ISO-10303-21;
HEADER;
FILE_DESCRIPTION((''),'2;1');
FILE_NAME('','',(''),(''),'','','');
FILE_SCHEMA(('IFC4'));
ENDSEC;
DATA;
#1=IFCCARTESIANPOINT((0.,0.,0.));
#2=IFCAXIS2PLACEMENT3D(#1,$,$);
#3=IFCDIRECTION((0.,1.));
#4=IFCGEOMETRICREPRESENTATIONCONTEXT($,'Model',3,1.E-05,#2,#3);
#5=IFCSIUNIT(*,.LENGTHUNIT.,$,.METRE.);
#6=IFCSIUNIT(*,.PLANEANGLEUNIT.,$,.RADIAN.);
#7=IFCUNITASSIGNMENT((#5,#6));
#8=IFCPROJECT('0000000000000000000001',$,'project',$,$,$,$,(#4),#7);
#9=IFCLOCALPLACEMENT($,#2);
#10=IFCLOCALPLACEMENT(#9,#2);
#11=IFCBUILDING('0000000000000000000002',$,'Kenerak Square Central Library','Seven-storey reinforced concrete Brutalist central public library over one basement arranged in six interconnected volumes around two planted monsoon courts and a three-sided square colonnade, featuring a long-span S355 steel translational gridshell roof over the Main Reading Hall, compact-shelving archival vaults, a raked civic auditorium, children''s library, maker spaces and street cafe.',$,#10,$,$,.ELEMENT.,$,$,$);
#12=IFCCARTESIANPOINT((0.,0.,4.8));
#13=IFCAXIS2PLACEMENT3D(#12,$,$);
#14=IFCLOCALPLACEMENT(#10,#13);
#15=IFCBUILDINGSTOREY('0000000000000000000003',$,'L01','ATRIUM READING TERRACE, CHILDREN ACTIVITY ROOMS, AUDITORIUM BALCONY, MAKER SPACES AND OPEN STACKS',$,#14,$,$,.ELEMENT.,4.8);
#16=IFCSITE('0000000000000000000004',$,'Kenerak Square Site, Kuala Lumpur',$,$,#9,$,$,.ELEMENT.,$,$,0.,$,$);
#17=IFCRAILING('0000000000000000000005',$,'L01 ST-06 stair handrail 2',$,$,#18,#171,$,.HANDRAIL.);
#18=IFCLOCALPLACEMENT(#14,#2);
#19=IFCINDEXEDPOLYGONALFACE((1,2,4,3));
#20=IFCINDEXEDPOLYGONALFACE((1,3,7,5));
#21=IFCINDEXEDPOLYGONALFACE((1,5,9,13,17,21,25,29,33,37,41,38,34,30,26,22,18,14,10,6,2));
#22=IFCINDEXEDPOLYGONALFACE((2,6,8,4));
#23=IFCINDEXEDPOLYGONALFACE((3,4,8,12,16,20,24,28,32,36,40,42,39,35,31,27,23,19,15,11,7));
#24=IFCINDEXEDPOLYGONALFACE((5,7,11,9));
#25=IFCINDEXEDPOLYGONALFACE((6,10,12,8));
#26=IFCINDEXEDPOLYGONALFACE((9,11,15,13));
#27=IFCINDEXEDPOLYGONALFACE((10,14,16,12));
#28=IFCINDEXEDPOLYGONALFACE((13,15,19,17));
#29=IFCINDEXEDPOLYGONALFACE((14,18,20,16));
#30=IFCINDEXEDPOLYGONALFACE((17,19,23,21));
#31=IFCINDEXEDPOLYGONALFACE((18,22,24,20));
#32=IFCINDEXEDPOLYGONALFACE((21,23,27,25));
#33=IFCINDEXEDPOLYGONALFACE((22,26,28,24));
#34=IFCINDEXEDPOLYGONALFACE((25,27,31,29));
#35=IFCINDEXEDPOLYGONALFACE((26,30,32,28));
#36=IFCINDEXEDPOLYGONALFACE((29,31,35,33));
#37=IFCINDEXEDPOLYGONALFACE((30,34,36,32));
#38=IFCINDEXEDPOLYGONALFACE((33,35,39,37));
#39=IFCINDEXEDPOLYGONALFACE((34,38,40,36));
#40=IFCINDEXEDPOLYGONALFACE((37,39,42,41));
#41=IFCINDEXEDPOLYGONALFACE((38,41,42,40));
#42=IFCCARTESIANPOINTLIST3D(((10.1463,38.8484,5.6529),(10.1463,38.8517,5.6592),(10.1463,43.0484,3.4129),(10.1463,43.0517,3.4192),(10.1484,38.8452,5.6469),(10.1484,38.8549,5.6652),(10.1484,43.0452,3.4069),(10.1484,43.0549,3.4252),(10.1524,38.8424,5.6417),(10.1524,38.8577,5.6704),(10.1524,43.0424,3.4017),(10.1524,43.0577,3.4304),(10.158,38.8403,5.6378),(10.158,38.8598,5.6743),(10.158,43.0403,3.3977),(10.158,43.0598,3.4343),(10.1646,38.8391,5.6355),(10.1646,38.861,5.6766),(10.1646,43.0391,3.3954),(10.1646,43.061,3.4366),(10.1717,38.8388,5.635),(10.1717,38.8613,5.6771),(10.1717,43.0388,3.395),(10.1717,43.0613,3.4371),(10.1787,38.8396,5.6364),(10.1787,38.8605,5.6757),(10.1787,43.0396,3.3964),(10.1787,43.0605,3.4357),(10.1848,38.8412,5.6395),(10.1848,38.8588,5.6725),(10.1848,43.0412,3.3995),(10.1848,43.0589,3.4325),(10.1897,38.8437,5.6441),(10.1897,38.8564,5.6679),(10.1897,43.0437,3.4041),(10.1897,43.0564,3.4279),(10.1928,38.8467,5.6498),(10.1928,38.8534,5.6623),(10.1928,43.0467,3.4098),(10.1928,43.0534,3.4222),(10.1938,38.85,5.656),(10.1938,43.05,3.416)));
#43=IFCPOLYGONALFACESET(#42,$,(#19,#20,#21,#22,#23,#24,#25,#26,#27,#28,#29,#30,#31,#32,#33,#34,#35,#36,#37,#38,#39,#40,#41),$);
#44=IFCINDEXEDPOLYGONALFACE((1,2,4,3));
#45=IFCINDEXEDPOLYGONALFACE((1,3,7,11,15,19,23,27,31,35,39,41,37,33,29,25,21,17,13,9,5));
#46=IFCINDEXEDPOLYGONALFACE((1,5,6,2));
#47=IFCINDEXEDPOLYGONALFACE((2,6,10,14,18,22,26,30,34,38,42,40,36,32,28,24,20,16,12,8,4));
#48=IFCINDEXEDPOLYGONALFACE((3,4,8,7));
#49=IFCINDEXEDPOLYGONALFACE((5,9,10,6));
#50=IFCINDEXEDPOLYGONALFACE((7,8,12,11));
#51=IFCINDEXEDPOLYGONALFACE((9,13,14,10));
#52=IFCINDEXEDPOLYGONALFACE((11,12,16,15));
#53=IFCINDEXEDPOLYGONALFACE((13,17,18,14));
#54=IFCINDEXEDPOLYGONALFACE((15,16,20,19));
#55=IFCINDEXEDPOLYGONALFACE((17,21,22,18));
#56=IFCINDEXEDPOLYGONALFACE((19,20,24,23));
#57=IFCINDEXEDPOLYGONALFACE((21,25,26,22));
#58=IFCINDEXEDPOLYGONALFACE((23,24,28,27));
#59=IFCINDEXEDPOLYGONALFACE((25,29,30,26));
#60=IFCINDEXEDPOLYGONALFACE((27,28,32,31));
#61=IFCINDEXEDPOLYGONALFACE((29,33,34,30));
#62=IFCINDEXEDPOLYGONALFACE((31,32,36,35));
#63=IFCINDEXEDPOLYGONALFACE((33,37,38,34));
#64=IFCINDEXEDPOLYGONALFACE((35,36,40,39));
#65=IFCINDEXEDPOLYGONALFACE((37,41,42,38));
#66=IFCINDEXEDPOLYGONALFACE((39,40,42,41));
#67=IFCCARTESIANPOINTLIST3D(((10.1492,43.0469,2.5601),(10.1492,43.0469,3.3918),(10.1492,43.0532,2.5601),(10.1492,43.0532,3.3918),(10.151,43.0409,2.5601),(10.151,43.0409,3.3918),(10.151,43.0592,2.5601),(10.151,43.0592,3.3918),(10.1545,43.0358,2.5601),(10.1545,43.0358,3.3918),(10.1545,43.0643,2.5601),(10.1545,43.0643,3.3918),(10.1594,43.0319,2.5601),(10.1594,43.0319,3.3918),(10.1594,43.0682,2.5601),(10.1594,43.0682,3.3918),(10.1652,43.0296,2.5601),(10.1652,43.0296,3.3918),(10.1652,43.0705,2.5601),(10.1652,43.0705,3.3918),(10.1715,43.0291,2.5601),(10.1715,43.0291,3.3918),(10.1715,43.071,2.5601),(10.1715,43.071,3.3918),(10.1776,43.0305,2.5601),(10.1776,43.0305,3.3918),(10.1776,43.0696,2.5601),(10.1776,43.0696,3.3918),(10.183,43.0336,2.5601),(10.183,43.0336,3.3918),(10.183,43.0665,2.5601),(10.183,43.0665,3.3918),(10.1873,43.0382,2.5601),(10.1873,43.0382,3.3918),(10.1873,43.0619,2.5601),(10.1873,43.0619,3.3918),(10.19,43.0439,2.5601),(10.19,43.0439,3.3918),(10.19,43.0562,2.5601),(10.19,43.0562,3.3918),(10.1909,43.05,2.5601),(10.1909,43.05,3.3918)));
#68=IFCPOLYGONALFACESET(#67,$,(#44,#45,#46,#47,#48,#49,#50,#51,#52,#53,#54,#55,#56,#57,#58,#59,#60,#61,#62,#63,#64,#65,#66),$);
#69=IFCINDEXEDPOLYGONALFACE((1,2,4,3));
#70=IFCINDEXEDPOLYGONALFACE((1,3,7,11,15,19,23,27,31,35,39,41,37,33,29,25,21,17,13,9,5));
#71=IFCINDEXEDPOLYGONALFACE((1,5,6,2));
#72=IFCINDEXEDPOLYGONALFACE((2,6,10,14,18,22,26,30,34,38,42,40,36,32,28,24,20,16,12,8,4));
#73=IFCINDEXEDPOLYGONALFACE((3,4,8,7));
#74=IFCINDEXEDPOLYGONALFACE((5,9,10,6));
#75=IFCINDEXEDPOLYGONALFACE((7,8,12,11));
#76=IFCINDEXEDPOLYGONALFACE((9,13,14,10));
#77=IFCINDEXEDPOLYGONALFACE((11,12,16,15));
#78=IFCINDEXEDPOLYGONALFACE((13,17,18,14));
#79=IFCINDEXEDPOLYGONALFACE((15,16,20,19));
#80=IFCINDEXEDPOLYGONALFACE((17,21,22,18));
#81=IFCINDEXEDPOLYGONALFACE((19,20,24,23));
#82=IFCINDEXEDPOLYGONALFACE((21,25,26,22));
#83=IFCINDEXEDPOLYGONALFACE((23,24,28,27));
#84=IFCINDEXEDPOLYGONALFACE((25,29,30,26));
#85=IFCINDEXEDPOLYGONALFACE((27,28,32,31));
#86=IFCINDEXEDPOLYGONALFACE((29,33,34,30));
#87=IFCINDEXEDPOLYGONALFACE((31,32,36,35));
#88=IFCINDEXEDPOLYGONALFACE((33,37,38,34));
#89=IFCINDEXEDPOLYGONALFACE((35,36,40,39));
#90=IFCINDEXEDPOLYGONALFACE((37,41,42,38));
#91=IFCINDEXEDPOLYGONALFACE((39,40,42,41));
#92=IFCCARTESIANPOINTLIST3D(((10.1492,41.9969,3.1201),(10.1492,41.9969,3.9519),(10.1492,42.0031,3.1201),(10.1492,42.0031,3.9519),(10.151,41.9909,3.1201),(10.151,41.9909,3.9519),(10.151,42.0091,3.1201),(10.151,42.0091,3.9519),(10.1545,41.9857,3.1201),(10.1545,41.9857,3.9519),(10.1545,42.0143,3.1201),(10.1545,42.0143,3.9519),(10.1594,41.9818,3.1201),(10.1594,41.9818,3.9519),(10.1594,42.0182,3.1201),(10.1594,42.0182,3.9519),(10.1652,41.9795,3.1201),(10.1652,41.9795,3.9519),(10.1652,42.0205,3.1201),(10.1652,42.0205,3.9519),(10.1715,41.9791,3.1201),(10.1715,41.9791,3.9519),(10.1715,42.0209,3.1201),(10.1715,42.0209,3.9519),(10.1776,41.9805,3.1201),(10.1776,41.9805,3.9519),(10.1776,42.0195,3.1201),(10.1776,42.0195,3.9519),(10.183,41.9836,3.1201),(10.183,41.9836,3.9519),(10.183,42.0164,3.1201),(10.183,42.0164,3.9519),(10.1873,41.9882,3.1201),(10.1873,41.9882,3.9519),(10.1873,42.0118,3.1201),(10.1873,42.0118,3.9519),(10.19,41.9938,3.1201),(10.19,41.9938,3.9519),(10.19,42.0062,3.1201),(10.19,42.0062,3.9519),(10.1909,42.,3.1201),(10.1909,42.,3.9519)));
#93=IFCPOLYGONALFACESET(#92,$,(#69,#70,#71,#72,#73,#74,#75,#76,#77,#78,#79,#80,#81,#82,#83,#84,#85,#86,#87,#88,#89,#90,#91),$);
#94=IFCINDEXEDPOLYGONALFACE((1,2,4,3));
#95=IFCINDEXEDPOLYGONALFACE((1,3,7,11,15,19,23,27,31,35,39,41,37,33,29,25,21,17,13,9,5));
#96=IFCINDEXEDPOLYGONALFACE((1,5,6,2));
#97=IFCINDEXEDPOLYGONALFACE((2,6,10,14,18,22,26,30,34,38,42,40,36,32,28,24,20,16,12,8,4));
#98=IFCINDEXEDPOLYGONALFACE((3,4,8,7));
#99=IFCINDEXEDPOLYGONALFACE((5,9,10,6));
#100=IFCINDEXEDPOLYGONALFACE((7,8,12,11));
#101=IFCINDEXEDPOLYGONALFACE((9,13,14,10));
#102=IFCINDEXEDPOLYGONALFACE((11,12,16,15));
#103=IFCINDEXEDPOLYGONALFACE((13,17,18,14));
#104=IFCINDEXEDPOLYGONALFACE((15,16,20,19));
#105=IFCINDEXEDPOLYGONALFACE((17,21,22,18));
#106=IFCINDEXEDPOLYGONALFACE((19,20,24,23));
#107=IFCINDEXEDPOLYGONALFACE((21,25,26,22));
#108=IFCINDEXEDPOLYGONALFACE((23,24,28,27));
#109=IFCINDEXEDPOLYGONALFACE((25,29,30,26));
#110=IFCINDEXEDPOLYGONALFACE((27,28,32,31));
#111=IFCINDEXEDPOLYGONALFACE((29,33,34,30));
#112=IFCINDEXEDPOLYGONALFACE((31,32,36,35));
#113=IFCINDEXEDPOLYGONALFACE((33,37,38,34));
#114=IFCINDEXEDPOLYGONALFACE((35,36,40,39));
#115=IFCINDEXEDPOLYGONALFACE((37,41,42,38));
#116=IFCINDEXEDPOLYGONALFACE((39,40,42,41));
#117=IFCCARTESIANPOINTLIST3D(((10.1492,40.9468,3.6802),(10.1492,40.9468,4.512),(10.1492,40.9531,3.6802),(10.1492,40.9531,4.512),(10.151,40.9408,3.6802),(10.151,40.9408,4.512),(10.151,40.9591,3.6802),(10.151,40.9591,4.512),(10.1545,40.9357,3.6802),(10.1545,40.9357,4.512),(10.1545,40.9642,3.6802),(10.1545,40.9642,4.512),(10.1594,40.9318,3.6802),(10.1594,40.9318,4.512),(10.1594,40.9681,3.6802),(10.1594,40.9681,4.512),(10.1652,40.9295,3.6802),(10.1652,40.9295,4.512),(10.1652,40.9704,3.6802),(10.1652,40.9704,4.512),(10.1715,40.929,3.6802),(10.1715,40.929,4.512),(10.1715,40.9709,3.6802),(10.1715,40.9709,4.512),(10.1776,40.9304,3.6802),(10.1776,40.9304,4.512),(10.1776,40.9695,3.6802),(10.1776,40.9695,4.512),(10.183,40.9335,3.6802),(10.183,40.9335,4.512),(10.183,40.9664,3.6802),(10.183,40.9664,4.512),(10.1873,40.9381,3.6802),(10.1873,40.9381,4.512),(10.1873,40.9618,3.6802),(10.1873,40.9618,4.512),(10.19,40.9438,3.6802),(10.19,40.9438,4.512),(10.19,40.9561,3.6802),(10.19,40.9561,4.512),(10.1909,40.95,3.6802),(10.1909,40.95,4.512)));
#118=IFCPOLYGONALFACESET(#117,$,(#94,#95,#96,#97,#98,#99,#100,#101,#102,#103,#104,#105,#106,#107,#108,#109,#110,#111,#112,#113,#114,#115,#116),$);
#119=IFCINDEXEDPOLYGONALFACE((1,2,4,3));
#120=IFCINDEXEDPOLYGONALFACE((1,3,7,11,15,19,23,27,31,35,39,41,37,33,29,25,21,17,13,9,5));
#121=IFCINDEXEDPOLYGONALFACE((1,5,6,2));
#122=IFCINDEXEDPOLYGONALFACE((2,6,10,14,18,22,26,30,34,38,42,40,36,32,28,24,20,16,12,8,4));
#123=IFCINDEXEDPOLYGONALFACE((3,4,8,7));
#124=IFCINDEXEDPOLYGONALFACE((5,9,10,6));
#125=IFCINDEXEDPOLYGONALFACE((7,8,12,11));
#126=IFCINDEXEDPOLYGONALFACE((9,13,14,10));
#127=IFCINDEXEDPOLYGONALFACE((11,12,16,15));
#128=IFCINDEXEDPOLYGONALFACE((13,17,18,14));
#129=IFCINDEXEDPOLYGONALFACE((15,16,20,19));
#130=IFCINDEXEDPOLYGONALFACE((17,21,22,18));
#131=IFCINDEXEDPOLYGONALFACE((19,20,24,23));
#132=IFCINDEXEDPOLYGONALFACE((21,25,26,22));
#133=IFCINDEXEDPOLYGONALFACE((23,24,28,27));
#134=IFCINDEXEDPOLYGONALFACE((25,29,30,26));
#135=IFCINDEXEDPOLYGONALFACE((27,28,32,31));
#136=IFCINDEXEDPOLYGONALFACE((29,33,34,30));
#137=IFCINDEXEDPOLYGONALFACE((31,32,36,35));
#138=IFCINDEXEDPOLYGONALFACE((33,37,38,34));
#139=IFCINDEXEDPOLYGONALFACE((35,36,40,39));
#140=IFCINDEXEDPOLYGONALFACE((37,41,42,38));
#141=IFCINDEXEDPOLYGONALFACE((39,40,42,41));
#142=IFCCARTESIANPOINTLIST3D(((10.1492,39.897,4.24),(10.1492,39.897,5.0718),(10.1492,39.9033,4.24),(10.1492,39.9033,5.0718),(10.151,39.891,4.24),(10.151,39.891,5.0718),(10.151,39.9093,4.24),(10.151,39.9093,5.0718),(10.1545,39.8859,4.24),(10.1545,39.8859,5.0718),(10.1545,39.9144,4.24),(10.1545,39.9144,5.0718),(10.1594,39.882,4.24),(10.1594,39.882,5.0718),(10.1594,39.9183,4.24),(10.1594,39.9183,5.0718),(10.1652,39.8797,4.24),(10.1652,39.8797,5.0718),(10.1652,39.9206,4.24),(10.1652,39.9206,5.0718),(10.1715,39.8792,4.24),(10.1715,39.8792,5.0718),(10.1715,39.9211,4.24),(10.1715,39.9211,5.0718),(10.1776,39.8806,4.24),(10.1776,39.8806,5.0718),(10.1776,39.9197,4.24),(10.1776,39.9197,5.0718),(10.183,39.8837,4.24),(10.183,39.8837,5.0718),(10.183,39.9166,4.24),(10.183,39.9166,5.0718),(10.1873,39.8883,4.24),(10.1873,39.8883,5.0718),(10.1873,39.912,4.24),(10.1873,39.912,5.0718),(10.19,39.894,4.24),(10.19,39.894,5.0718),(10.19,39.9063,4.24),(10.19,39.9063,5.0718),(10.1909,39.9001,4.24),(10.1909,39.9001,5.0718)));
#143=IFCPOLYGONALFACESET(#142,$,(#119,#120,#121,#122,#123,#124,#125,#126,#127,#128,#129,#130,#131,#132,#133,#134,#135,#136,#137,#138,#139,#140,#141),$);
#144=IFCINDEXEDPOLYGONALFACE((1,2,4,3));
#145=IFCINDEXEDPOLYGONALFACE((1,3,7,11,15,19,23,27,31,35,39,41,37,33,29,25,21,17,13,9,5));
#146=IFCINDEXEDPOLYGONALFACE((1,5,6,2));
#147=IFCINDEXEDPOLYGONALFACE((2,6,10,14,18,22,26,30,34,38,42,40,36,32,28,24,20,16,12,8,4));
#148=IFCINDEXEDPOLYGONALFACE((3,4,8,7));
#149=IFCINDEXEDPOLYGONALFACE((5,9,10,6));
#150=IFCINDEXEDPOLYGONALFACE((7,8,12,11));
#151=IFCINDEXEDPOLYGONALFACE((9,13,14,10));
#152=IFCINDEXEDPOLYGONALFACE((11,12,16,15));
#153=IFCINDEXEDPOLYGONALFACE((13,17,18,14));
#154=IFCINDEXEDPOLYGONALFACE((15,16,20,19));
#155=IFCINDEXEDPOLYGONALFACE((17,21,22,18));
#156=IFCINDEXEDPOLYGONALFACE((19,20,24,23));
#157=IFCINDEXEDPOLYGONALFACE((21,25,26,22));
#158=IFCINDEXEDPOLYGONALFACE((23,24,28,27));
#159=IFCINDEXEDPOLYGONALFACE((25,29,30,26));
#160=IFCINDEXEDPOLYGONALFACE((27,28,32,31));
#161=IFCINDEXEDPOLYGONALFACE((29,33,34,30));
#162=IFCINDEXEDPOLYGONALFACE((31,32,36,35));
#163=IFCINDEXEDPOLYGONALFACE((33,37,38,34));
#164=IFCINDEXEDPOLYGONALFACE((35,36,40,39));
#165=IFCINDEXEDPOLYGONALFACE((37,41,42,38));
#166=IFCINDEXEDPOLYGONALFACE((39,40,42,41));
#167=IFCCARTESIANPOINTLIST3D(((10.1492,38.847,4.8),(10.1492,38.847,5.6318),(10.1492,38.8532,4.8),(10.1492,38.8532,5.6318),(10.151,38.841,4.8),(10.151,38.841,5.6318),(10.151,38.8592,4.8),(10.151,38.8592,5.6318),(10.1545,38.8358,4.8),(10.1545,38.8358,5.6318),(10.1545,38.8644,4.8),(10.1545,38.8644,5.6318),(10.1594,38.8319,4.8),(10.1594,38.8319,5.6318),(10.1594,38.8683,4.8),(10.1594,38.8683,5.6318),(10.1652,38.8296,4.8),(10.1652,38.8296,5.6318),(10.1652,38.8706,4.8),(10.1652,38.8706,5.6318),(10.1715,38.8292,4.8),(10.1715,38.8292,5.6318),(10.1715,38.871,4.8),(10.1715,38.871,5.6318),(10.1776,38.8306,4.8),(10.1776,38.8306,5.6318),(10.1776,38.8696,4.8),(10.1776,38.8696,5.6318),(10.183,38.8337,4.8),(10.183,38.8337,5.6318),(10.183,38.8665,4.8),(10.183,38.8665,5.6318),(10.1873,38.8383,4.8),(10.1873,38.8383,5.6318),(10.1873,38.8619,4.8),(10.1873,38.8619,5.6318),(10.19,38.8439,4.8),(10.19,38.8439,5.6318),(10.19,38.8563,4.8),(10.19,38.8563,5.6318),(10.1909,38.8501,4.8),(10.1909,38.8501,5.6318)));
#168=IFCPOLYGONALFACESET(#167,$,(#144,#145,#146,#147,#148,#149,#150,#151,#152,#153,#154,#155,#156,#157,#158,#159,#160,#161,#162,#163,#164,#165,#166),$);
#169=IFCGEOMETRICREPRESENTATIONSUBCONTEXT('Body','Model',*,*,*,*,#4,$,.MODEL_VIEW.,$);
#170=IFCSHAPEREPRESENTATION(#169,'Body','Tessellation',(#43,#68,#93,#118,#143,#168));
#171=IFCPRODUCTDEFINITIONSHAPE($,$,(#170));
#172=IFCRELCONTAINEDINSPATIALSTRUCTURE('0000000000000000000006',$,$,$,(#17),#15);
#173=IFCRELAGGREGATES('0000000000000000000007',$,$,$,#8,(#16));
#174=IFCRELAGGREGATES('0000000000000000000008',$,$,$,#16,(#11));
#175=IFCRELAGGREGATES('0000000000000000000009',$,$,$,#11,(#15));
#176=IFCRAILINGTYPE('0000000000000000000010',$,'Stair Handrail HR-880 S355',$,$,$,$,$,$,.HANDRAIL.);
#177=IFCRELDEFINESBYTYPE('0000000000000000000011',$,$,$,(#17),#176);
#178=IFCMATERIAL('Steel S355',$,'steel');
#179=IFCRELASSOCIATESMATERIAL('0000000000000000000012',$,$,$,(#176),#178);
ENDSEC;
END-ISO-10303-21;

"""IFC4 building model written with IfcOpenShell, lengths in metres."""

from ifc_helpers import new_model, si_unit, direction, frame, origin, origin_2d, place, context, subcontext, project, spatial, circle, extrude, material, type_object, element, save


model = new_model("IFC4")

# Units and contexts
model_context = context("Model", 3, precision=1e-05, world=origin(), true_north=direction((0.0, 1.0)))
body_context = subcontext(model_context, "Body", "Model", "MODEL_VIEW")
ifc_project = project(units=[si_unit("LENGTHUNIT", "METRE"), si_unit("PLANEANGLEUNIT", "RADIAN")], contexts=[model_context])

# Site, building, storey
site_placement = place(None, origin())
site = spatial("IfcSite", under=ifc_project, at=site_placement, Name="Kenerak Square Site, Kuala Lumpur", CompositionType="ELEMENT", RefElevation=0.0)
building_placement = place(site_placement, origin())
building = spatial("IfcBuilding", under=site, at=building_placement, Name="Kenerak Square Central Library", Description="Seven-storey reinforced concrete Brutalist central public library over one basement arranged in six interconnected volumes around two planted monsoon courts and a three-sided square colonnade, featuring a long-span S355 steel translational gridshell roof over the Main Reading Hall, compact-shelving archival vaults, a raked civic auditorium, children's library, maker spaces and street cafe.", CompositionType="ELEMENT")
storey_placement = place(building_placement, frame((0.0, 0.0, 4.8)))
storey = spatial("IfcBuildingStorey", under=building, at=storey_placement, Name="L01", Description="ATRIUM READING TERRACE, CHILDREN ACTIVITY ROOMS, AUDITORIUM BALCONY, MAKER SPACES AND OPEN STACKS", CompositionType="ELEMENT", Elevation=4.8)

# Railing
ifc_material_1 = material(Name="Steel S355", Category="steel")
railing_type_1 = type_object("IfcRailingType", Name="Stair Handrail HR-880 S355", PredefinedType="HANDRAIL", material=ifc_material_1)
railing_1_placement = place(storey_placement, frame((10.1699, 43.05, 2.5601)))
element("IfcRailing", 1, at=railing_1_placement, inside=storey, type_object=railing_type_1, Name="L01 ST-06 stair handrail 2", PredefinedType="HANDRAIL", context=body_context, shape_type="SweptSolid", body=[
    extrude(circle(Radius=0.0239, at=origin_2d()), frame((0.0, 0.0, 0.856), z_axis=(0.0, -0.882352, 0.470591), x_axis=(1.0, 0.0, 0.0)), (0.0, 0.0, 1.0), 4.76),
    extrude(circle(Radius=0.021, at=origin_2d()), origin(), (0.0, 0.0, 1.0), 0.8318),
    extrude(circle(Radius=0.021, at=origin_2d()), frame((0.0, -1.05, 0.5601)), (0.0, 0.0, 1.0), 0.8318),
    extrude(circle(Radius=0.021, at=origin_2d()), frame((0.0, -2.1001, 1.1201)), (0.0, 0.0, 1.0), 0.8318),
    extrude(circle(Radius=0.021, at=origin_2d()), frame((0.0, -3.1499, 1.6799)), (0.0, 0.0, 1.0), 0.8318),
    extrude(circle(Radius=0.021, at=origin_2d()), frame((0.0, -4.2, 2.24)), (0.0, 0.0, 1.0), 0.8318),
])

save(model, "model.ifc")
